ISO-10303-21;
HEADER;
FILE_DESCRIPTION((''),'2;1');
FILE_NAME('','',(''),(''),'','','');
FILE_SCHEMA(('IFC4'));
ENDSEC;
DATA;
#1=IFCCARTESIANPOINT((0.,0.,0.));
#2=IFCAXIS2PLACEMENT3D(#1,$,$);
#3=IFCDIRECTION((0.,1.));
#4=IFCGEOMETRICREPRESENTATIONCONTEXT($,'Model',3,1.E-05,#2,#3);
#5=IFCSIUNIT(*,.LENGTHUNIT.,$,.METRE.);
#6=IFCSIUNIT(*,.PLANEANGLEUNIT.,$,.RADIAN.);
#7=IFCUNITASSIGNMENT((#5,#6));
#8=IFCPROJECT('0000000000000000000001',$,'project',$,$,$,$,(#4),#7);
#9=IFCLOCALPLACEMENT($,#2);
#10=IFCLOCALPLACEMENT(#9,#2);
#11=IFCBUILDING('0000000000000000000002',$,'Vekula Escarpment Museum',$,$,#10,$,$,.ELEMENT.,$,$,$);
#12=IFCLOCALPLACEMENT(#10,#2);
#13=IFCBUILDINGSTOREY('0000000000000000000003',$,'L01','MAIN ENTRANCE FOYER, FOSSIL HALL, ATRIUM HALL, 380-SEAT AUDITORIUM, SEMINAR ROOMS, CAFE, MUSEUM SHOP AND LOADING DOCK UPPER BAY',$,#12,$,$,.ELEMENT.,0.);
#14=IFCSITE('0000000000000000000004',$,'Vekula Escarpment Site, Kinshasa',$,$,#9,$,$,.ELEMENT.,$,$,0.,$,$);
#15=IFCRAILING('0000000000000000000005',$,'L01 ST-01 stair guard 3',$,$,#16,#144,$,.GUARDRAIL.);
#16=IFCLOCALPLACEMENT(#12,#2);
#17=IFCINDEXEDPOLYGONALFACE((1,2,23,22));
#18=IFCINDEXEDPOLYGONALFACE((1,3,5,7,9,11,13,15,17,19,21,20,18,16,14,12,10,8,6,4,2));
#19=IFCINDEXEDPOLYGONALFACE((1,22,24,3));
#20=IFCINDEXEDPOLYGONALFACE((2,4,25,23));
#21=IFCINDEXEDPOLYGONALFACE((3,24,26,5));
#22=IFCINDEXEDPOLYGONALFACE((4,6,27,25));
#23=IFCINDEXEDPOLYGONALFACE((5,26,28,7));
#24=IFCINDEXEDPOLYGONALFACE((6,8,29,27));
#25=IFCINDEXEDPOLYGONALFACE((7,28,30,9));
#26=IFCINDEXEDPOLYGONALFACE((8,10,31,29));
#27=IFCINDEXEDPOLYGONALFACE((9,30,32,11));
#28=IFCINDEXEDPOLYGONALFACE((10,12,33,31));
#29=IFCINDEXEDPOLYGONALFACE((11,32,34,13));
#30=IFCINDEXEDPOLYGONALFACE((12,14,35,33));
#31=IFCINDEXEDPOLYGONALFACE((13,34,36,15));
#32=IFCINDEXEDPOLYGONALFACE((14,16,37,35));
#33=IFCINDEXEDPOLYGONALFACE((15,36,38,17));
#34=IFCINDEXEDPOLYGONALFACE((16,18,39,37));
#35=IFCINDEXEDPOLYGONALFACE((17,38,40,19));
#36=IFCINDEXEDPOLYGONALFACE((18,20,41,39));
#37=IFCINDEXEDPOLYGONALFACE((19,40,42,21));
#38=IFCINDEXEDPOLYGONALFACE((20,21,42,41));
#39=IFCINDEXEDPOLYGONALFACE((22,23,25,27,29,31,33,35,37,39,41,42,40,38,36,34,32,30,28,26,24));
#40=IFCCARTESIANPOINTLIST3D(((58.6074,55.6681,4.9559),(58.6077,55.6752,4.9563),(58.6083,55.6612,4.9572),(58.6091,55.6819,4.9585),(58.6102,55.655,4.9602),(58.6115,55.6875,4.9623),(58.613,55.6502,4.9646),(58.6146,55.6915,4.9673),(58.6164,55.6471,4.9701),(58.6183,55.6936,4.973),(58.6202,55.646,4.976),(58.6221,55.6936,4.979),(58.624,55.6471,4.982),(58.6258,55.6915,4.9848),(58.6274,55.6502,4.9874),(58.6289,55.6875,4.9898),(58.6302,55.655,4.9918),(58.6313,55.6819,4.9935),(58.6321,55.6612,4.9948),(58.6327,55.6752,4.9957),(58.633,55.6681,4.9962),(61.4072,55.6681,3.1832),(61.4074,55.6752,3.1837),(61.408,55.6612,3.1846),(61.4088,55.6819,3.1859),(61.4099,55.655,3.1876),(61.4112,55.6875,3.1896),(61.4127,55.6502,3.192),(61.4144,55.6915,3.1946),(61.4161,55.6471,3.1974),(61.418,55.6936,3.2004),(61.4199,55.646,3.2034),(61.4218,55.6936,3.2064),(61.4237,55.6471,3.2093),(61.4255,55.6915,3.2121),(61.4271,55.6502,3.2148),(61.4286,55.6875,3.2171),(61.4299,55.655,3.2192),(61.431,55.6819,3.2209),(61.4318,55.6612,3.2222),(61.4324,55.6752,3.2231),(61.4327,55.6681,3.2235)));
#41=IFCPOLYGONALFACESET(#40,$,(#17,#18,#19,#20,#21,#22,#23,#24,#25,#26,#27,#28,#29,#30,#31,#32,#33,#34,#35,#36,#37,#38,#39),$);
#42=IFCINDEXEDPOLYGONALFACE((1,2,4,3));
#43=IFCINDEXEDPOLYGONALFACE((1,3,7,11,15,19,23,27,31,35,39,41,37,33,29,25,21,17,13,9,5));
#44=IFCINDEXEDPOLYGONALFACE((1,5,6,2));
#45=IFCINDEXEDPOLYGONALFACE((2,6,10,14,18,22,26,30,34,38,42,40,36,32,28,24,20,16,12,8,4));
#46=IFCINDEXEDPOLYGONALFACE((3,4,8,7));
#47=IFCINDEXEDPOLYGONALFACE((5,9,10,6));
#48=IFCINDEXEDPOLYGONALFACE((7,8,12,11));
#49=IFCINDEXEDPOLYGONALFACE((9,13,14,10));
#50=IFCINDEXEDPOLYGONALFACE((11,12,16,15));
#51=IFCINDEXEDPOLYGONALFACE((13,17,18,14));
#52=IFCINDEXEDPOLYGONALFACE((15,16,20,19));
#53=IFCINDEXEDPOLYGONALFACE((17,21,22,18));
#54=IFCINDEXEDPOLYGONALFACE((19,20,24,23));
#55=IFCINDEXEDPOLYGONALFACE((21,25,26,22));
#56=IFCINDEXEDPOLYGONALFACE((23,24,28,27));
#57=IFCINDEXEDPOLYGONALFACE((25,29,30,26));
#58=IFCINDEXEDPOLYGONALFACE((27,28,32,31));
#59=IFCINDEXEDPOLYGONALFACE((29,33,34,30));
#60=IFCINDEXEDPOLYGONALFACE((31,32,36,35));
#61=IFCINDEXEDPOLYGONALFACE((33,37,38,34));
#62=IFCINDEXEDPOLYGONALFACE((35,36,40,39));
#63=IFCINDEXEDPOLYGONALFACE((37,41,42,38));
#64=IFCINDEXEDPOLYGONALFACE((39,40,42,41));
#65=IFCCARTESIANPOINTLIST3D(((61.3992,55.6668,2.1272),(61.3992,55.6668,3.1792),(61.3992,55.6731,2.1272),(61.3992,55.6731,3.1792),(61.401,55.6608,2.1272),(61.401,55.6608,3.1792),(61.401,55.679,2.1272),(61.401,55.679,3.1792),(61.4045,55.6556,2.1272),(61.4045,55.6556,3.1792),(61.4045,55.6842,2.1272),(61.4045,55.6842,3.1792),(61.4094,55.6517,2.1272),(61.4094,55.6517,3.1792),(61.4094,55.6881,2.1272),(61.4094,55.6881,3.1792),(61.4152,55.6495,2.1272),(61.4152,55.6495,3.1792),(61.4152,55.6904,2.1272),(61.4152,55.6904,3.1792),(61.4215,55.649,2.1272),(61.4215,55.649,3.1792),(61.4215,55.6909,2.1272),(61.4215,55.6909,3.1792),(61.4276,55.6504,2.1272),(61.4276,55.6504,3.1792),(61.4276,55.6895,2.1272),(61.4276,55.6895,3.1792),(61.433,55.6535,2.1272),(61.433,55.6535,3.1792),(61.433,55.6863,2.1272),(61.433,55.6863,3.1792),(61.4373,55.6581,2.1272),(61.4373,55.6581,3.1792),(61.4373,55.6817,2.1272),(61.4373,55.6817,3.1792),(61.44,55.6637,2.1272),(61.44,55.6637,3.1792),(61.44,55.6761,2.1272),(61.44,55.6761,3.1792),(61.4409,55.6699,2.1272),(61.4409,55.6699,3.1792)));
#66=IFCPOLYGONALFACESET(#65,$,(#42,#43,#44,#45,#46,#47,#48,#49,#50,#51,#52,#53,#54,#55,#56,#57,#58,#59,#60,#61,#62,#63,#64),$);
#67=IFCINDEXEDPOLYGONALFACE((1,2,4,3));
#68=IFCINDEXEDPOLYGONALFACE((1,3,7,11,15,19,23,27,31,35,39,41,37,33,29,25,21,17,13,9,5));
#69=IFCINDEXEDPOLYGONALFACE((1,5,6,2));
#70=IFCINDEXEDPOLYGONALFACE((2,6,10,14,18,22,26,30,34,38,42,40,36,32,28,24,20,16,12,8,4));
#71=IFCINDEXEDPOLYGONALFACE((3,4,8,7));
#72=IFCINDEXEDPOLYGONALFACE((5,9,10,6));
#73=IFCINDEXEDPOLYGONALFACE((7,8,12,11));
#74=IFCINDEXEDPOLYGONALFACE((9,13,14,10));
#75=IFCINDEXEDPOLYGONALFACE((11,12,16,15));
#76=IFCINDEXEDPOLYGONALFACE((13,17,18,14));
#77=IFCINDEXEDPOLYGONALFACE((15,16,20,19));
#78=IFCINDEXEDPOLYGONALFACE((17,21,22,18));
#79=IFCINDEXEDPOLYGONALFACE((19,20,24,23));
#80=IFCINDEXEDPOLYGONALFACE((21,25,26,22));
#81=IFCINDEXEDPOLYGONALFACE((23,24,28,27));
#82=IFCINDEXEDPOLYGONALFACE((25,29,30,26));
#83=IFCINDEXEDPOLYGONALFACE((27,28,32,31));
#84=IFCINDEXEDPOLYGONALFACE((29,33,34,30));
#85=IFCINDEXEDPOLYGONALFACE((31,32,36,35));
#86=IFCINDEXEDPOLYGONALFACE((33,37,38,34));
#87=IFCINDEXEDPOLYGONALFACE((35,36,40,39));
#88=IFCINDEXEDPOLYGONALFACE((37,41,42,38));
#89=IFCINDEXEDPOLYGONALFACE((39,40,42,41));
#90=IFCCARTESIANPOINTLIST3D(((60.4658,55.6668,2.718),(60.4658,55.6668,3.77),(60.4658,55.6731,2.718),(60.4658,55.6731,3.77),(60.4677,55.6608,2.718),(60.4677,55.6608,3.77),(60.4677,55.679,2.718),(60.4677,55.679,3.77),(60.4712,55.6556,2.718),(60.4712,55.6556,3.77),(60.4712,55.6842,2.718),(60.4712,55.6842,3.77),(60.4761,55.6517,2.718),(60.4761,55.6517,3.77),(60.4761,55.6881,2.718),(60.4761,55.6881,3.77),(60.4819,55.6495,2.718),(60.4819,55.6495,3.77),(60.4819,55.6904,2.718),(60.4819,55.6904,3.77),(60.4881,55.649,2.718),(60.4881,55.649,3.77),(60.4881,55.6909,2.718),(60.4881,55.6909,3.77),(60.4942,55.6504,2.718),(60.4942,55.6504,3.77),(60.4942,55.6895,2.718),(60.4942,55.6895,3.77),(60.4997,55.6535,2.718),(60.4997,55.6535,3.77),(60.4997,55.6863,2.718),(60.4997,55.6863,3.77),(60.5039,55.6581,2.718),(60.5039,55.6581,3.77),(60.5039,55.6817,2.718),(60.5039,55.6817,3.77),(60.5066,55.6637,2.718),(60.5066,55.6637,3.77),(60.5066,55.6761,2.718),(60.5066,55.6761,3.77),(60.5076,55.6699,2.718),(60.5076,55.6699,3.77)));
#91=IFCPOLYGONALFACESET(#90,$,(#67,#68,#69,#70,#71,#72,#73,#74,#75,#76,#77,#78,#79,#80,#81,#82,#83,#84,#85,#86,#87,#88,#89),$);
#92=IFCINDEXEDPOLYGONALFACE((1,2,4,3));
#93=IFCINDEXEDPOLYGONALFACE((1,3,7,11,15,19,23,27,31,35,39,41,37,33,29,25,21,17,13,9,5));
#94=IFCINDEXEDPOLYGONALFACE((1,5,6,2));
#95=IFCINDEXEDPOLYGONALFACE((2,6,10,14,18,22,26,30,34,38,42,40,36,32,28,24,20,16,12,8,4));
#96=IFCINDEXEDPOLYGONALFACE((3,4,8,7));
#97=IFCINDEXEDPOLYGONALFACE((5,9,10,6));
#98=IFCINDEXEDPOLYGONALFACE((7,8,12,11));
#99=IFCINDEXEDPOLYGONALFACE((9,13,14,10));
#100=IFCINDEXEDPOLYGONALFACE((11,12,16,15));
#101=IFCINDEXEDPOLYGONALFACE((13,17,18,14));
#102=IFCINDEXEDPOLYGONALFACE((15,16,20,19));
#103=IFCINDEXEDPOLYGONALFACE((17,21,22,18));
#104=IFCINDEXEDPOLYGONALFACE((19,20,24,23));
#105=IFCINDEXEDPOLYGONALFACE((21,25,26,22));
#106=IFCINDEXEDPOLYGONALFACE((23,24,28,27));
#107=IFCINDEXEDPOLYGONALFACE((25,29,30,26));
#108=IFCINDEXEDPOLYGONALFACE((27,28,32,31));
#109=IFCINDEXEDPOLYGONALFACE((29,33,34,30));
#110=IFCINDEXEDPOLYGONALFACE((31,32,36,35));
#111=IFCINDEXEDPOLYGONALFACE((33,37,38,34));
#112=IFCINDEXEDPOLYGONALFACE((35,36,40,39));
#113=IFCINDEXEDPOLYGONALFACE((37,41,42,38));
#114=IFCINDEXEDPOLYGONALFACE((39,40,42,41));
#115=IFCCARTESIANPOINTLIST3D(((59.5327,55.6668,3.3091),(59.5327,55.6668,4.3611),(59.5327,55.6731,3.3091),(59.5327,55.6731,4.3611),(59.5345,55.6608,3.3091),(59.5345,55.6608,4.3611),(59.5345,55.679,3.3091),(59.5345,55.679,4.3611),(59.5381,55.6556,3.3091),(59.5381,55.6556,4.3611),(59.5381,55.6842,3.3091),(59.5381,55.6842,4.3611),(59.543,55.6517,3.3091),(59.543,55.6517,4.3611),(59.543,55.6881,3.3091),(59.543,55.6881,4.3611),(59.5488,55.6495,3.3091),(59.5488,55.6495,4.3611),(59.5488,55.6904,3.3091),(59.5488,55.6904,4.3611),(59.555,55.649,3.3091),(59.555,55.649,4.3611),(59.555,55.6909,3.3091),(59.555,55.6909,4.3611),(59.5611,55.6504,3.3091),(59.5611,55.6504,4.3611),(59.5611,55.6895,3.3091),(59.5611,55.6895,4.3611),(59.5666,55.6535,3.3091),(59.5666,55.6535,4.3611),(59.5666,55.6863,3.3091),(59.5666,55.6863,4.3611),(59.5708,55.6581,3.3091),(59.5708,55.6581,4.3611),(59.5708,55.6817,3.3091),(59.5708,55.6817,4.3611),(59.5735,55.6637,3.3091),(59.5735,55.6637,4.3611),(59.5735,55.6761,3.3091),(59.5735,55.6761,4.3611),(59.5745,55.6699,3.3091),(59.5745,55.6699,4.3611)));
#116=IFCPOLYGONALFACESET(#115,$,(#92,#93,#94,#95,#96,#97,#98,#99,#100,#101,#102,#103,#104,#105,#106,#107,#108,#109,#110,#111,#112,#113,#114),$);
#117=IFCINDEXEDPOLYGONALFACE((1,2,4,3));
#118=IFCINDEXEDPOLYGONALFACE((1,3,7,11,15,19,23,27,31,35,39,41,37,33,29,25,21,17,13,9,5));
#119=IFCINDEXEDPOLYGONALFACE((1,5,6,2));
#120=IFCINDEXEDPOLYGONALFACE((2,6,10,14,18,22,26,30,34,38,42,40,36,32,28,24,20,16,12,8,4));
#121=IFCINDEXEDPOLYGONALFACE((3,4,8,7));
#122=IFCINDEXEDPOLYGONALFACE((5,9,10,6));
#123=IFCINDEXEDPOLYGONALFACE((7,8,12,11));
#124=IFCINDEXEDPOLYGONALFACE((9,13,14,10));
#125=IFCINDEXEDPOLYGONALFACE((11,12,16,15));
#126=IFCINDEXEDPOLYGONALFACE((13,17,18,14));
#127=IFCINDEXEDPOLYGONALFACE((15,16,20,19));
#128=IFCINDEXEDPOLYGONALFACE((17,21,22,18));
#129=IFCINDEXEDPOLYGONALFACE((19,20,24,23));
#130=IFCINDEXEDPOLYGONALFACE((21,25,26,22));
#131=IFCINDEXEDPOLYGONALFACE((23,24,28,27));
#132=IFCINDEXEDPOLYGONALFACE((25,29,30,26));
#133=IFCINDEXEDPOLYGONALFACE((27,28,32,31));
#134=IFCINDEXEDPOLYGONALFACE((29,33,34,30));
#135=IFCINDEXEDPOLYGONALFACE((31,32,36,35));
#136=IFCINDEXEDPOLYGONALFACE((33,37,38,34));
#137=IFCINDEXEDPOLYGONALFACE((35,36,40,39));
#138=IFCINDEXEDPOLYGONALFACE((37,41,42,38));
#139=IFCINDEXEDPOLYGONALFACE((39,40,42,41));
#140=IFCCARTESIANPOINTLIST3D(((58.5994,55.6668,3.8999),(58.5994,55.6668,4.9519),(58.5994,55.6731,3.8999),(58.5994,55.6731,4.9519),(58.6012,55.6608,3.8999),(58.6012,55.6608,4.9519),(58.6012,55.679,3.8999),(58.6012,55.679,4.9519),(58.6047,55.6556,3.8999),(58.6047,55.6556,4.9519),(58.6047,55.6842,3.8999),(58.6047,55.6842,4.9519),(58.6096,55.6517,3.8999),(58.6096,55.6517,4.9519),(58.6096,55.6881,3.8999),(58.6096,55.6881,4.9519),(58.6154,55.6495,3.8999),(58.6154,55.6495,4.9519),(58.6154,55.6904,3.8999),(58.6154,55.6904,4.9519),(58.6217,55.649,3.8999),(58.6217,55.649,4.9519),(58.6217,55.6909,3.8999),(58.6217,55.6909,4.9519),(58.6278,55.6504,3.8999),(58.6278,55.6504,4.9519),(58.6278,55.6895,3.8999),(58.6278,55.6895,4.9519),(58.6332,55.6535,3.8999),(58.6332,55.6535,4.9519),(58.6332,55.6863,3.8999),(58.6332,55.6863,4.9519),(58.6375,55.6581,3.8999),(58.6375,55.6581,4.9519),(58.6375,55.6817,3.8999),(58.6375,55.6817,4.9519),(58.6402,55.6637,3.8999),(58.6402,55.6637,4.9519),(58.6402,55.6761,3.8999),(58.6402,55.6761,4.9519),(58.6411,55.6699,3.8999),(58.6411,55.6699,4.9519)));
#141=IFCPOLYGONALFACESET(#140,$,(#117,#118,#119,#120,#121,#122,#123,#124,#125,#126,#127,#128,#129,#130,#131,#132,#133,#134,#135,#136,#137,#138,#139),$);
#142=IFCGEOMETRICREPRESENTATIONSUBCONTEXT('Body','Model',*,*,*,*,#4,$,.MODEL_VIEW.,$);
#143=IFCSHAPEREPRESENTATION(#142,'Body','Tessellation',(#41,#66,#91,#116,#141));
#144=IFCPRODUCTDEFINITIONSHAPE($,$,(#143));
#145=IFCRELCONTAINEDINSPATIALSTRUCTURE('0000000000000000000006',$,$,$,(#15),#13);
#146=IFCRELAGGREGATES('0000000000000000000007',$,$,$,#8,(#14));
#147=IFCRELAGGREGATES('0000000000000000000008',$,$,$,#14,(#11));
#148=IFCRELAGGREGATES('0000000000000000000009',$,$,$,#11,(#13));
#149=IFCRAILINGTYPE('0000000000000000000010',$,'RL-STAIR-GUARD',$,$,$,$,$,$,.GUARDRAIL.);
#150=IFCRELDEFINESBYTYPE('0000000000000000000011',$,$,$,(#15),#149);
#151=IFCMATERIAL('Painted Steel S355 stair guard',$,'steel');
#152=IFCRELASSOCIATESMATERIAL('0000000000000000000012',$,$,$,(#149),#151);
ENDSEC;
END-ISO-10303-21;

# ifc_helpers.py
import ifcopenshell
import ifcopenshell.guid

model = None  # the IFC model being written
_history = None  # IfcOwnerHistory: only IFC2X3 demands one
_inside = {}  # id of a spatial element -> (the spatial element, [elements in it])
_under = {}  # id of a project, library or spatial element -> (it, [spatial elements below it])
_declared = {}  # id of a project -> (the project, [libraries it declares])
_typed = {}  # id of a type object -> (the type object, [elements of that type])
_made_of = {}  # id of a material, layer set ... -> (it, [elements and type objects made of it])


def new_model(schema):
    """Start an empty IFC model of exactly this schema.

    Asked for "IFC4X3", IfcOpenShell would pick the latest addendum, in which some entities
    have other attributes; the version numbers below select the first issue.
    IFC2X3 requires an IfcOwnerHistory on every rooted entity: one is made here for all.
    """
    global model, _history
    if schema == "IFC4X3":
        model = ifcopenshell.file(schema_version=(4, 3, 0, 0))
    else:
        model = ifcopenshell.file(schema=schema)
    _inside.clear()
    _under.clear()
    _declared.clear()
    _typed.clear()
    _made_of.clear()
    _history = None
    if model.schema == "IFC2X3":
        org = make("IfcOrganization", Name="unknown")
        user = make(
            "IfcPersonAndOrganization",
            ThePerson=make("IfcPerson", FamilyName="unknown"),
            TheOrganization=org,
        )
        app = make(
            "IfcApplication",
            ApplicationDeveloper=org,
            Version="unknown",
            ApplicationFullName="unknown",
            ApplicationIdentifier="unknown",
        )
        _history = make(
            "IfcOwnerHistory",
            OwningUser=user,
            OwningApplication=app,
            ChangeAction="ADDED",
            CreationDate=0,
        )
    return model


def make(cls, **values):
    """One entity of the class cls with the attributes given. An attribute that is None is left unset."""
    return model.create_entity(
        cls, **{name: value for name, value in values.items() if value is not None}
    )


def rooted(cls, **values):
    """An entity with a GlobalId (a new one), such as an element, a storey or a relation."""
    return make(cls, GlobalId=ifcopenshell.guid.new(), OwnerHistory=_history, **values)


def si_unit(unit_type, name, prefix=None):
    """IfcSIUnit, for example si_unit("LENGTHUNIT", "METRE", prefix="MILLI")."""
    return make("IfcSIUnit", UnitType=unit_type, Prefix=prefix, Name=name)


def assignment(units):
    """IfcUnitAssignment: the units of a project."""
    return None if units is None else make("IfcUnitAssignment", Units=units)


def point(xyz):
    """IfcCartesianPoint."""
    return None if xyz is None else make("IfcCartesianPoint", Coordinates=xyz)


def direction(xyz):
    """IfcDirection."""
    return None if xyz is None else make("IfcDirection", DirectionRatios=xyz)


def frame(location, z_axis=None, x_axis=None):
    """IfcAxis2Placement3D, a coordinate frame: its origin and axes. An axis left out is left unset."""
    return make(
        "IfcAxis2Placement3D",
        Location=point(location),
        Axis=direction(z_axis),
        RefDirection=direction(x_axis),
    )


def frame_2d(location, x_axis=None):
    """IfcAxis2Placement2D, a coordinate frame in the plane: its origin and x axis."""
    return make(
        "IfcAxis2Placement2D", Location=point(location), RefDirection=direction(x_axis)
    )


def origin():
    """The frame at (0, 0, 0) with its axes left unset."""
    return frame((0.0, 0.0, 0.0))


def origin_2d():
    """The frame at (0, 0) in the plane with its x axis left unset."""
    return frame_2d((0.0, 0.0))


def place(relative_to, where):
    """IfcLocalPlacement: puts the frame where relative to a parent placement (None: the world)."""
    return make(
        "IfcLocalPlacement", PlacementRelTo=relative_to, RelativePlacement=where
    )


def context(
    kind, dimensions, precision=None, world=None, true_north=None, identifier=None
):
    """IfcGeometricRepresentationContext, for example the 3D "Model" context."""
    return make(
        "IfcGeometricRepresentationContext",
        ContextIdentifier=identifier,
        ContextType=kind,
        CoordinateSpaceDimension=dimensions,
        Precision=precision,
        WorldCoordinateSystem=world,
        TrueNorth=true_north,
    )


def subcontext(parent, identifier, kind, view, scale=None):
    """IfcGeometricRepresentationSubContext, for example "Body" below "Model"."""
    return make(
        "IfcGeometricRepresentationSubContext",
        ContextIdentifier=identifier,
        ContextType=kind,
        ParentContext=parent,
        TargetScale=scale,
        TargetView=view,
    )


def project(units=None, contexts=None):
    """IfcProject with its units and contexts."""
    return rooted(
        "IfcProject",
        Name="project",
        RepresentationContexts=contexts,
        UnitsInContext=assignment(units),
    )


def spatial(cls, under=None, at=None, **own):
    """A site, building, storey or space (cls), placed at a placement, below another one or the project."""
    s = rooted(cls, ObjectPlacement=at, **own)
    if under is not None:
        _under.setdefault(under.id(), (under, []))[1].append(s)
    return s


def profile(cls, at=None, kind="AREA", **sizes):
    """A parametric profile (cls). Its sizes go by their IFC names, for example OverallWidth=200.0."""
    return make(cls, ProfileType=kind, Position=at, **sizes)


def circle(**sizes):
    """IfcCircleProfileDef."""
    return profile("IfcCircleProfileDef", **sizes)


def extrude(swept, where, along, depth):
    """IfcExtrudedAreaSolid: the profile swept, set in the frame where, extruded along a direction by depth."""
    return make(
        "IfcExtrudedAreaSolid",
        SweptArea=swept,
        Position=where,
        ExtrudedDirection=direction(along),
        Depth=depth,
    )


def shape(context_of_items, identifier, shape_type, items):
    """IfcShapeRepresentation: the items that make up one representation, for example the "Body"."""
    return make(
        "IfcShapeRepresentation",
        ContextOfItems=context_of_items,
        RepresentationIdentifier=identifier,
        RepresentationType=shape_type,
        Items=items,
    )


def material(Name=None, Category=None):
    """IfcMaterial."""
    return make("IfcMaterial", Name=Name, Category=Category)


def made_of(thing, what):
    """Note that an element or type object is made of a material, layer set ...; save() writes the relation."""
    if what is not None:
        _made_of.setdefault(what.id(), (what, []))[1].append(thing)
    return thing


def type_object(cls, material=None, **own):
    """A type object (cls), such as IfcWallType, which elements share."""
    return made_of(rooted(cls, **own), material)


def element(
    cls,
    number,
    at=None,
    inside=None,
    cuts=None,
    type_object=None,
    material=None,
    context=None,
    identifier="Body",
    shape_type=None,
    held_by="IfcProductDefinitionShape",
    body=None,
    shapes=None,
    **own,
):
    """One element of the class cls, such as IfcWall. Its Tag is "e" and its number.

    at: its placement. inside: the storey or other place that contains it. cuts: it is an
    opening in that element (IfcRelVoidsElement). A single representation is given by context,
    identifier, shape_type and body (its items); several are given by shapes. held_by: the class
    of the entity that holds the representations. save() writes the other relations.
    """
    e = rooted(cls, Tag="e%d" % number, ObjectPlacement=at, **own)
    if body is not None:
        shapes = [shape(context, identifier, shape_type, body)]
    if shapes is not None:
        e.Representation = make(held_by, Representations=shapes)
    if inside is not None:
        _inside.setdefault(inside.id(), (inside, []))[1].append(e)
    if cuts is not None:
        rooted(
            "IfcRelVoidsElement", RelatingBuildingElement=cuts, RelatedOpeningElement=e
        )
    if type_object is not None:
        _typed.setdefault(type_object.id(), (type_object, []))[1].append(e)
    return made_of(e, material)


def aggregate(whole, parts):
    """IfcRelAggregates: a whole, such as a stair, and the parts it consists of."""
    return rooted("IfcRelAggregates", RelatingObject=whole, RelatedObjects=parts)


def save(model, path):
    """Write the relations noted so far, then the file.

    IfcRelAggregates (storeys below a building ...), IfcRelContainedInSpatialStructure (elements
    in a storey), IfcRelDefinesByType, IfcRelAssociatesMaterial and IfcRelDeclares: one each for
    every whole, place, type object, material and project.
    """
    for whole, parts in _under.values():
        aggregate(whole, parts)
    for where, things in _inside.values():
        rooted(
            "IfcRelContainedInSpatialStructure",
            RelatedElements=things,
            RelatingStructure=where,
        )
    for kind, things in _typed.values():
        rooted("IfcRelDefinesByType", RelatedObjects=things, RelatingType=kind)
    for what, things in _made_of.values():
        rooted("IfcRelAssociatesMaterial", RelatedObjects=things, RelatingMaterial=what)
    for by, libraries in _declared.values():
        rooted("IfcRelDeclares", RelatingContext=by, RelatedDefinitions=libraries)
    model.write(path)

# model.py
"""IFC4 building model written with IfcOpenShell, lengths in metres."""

from ifc_helpers import new_model, si_unit, direction, frame, origin, origin_2d, place, context, subcontext, project, spatial, circle, extrude, material, type_object, element, save


model = new_model("IFC4")

# Units and contexts
model_context = context("Model", 3, precision=1e-05, world=origin(), true_north=direction((0.0, 1.0)))
body_context = subcontext(model_context, "Body", "Model", "MODEL_VIEW")
ifc_project = project(units=[si_unit("LENGTHUNIT", "METRE"), si_unit("PLANEANGLEUNIT", "RADIAN")], contexts=[model_context])

# Site, building, storey
site_placement = place(None, origin())
site = spatial("IfcSite", under=ifc_project, at=site_placement, Name="Vekula Escarpment Site, Kinshasa", CompositionType="ELEMENT", RefElevation=0.0)
building_placement = place(site_placement, origin())
building = spatial("IfcBuilding", under=site, at=building_placement, Name="Vekula Escarpment Museum", CompositionType="ELEMENT")
storey_placement = place(building_placement, origin())
storey = spatial("IfcBuildingStorey", under=building, at=storey_placement, Name="L01", Description="MAIN ENTRANCE FOYER, FOSSIL HALL, ATRIUM HALL, 380-SEAT AUDITORIUM, SEMINAR ROOMS, CAFE, MUSEUM SHOP AND LOADING DOCK UPPER BAY", CompositionType="ELEMENT", Elevation=0.0)

# Railing
ifc_material_1 = material(Name="Painted Steel S355 stair guard", Category="steel")
railing_type_1 = type_object("IfcRailingType", Name="RL-STAIR-GUARD", PredefinedType="GUARDRAIL", material=ifc_material_1)
railing_1_placement = place(storey_placement, frame((61.4199, 55.6699, 2.1272)))
element("IfcRailing", 1, at=railing_1_placement, inside=storey, type_object=railing_type_1, Name="L01 ST-01 stair guard 3", PredefinedType="GUARDRAIL", context=body_context, shape_type="SweptSolid", body=[
    extrude(circle(Radius=0.0239, at=origin_2d()), frame((0.0, 0.0, 1.0762), z_axis=(-0.844888, 0.0, 0.534943), x_axis=(0.0, -1.0, 0.0)), (0.0, 0.0, 1.0), 3.3137),
    extrude(circle(Radius=0.021, at=origin_2d()), origin(), (0.0, 0.0, 1.0), 1.052),
    extrude(circle(Radius=0.021, at=origin_2d()), frame((-0.9333, 0.0, 0.5908)), (0.0, 0.0, 1.0), 1.052),
    extrude(circle(Radius=0.021, at=origin_2d()), frame((-1.8665, 0.0, 1.1819)), (0.0, 0.0, 1.0), 1.052),
    extrude(circle(Radius=0.021, at=origin_2d()), frame((-2.7998, 0.0, 1.7727)), (0.0, 0.0, 1.0), 1.052),
])

save(model, "model.ifc")
